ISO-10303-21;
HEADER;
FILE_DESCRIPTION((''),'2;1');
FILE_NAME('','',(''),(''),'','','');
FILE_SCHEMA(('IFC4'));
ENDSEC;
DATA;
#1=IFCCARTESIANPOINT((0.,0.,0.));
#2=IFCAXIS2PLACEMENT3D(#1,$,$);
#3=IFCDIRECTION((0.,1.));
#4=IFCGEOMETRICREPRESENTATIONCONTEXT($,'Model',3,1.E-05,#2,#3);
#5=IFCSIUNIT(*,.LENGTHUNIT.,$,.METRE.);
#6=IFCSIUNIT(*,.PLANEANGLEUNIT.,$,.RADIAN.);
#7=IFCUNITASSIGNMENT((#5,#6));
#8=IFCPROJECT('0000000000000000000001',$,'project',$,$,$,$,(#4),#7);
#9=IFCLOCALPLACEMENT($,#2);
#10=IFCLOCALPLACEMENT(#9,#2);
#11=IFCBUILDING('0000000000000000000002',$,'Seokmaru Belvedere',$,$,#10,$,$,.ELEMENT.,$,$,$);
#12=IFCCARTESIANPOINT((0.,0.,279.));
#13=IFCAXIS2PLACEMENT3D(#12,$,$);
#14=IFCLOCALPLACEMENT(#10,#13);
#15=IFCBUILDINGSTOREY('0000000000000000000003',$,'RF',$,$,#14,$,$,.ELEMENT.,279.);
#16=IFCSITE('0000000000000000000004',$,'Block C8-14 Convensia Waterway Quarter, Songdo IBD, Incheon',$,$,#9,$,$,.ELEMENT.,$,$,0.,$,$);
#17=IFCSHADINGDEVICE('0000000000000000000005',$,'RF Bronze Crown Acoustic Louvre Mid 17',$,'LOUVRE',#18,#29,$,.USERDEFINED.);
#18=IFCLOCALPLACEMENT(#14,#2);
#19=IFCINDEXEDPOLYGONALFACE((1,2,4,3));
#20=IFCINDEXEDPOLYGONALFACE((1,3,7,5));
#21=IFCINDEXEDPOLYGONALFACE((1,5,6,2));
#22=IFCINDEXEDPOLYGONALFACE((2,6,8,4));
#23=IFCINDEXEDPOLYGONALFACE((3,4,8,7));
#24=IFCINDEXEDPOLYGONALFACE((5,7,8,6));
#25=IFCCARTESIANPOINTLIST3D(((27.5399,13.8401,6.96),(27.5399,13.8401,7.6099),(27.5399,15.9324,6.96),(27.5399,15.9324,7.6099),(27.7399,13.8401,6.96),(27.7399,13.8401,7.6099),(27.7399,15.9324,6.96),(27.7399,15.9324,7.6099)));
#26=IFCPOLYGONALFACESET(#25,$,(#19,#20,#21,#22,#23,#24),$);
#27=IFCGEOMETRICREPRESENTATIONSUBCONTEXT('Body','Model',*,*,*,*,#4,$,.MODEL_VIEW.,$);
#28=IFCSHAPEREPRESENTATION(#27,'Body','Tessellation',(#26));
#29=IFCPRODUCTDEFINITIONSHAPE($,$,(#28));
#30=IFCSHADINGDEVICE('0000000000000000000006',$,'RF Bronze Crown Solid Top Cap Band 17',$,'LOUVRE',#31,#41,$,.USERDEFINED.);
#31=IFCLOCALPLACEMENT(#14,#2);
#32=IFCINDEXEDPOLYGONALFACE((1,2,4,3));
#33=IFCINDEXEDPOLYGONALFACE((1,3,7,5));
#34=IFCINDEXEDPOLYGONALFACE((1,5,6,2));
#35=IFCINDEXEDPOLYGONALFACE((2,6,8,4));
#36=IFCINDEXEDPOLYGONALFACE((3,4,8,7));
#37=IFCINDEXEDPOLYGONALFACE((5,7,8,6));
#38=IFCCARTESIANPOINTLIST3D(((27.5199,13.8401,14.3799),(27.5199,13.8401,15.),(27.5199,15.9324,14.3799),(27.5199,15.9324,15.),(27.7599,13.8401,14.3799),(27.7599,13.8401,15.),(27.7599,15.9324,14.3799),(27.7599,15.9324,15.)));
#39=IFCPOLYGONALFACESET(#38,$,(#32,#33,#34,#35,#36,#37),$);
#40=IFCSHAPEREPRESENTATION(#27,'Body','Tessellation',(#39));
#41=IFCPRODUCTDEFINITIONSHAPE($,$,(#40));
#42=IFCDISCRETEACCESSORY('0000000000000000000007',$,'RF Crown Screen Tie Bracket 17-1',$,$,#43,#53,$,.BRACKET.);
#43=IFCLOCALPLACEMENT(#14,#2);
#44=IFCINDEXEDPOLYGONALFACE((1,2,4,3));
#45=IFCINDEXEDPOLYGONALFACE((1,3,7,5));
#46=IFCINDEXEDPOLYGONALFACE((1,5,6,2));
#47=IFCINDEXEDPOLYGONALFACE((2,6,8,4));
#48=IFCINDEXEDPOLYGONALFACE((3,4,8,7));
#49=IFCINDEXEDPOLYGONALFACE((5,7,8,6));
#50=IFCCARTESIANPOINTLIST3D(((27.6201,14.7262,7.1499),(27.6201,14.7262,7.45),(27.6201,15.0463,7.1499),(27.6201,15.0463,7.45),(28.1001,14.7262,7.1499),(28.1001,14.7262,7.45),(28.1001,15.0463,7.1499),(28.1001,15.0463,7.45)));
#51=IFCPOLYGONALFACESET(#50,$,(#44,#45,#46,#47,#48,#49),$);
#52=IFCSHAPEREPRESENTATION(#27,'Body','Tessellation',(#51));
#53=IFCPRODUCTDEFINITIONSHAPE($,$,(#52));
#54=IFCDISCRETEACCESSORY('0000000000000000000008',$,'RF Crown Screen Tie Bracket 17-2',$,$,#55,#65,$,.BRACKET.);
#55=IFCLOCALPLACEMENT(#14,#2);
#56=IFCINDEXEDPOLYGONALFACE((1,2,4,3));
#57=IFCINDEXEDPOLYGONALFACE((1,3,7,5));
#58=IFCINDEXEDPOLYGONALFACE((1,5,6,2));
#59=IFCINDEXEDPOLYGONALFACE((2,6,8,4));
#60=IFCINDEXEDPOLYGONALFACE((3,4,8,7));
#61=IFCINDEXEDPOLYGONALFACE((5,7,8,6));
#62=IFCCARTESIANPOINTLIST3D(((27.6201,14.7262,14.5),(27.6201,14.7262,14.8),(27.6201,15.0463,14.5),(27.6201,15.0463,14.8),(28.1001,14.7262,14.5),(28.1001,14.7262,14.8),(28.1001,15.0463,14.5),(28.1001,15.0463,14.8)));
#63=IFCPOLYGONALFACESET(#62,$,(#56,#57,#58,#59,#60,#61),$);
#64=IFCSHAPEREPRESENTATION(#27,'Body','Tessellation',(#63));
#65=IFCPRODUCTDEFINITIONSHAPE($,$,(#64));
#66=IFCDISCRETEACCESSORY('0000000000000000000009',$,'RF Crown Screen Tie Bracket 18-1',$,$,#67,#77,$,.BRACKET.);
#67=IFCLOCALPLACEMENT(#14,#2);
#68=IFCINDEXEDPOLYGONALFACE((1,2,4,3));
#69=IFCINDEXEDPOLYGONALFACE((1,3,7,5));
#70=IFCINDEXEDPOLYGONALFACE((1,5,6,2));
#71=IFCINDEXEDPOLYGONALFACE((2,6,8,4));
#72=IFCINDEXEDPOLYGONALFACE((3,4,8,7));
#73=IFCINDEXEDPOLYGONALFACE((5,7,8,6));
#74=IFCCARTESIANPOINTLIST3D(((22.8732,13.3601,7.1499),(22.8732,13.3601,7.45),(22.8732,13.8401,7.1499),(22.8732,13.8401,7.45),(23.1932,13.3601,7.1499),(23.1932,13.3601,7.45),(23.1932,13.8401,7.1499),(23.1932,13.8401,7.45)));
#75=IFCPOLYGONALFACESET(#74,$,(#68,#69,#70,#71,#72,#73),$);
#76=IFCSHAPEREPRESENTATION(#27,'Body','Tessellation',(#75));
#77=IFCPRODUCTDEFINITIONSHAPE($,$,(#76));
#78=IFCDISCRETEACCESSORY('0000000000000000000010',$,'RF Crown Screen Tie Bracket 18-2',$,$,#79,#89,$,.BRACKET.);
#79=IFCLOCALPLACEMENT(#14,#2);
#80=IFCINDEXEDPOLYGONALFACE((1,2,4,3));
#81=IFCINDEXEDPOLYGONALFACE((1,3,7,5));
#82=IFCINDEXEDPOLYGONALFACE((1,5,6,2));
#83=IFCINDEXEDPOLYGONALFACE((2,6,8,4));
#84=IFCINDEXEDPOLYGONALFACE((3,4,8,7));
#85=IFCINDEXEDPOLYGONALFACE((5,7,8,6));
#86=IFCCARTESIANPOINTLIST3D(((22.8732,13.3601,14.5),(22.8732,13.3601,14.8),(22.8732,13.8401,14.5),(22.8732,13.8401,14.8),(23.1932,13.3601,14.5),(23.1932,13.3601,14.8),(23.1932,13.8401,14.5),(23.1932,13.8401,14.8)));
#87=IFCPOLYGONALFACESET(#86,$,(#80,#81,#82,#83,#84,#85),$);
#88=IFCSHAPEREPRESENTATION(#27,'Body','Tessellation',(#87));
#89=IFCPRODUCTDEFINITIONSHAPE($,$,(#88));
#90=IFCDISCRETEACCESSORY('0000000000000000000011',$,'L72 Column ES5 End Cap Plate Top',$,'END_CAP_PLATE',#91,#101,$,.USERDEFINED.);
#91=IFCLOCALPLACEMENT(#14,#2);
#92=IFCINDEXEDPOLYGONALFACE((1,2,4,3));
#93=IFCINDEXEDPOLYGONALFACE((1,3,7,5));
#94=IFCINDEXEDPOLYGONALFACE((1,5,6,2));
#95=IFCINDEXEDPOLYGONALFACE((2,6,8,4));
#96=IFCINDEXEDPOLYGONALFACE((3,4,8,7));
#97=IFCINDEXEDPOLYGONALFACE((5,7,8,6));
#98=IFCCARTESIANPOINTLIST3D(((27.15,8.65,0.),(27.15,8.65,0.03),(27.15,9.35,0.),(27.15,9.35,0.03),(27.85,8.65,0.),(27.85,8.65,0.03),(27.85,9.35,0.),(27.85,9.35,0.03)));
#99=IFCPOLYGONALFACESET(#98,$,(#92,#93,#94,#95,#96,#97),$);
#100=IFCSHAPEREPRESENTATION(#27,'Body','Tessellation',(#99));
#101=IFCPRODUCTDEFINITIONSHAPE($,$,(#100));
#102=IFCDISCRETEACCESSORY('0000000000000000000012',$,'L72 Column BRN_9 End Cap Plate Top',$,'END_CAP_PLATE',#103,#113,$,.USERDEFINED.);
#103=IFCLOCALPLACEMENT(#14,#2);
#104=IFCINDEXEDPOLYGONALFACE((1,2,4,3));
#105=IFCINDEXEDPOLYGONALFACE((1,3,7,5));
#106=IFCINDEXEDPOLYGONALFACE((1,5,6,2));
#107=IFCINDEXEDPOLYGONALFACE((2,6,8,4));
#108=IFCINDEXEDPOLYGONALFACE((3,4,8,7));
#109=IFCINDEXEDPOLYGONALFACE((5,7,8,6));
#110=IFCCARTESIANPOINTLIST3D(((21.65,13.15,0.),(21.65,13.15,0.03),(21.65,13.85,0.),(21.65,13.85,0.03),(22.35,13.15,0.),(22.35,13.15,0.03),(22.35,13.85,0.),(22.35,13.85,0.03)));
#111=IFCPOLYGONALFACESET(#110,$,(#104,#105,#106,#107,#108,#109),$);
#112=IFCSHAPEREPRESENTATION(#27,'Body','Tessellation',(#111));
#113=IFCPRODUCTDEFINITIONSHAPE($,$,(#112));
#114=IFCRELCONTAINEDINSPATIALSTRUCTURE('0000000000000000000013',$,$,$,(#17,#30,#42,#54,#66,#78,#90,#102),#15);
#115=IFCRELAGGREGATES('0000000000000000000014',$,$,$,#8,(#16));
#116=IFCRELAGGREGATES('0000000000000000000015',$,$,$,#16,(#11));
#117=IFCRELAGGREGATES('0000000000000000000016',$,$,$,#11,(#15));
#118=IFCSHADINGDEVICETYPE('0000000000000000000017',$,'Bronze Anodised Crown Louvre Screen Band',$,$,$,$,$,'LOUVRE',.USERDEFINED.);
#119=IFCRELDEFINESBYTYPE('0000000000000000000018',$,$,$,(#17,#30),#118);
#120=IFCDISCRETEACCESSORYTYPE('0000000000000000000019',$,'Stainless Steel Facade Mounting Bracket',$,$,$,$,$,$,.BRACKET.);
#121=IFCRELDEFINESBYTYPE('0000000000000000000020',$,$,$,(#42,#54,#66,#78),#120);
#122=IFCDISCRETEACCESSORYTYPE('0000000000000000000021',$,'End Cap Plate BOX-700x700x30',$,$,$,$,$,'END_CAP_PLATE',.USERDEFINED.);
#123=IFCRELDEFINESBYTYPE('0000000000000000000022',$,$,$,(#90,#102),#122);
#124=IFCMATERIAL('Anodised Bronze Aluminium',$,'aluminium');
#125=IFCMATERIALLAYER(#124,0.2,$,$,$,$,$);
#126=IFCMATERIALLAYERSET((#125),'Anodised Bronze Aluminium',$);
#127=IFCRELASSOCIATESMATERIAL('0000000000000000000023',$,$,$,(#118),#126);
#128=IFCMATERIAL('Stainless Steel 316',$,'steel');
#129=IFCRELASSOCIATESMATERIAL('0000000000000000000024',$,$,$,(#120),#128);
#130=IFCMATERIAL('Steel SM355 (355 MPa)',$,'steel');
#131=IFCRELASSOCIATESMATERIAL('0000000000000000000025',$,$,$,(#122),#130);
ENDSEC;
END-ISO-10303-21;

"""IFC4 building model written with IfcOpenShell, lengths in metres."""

from ifc_helpers import new_model, si_unit, direction, frame, origin, origin_2d, place, context, subcontext, project, spatial, rectangle, extrude, source, transform, mapped, material, layer, layer_set, type_object, type_shapes, element, save


model = new_model("IFC4")

# Units and contexts
model_context = context("Model", 3, precision=1e-05, world=origin(), true_north=direction((0.0, 1.0)))
body_context = subcontext(model_context, "Body", "Model", "MODEL_VIEW")
ifc_project = project(units=[si_unit("LENGTHUNIT", "METRE"), si_unit("PLANEANGLEUNIT", "RADIAN")], contexts=[model_context])

# Site, building, storey
site_placement = place(None, origin())
site = spatial("IfcSite", under=ifc_project, at=site_placement, Name="Block C8-14 Convensia Waterway Quarter, Songdo IBD, Incheon", CompositionType="ELEMENT", RefElevation=0.0)
building_placement = place(site_placement, origin())
building = spatial("IfcBuilding", under=site, at=building_placement, Name="Seokmaru Belvedere", CompositionType="ELEMENT")
storey_placement = place(building_placement, frame((0.0, 0.0, 279.0)))
storey = spatial("IfcBuildingStorey", under=building, at=storey_placement, Name="RF", CompositionType="ELEMENT", Elevation=279.0)

# Shared definitions
ifc_material_1 = material(Name="Steel SM355 (355 MPa)", Category="steel")

# Shading devices
ifc_material_2 = material(Name="Anodised Bronze Aluminium", Category="aluminium")
ifc_layer_1 = layer(ifc_material_2, 0.2)
ifc_layer_set_1 = layer_set([ifc_layer_1], Name="Anodised Bronze Aluminium")
shading_device_type = type_object("IfcShadingDeviceType", Name="Bronze Anodised Crown Louvre Screen Band", ElementType="LOUVRE", PredefinedType="USERDEFINED", material=ifc_layer_set_1)
shared_shape_1 = source(origin(), body_context, "Body", "SweptSolid", [
    extrude(rectangle(XDim=2.0923, YDim=0.2, at=origin_2d()), origin(), (0.0, 0.0, 1.0), 0.6499),
])
shading_device_1_placement = place(storey_placement, frame((27.6399, 14.8862, 6.96), z_axis=(0.0, 0.0, 1.0), x_axis=(0.0, -1.0, 0.0)))
element("IfcShadingDevice", 1, at=shading_device_1_placement, inside=storey, type_object=shading_device_type, Name="RF Bronze Crown Acoustic Louvre Mid 17", ObjectType="LOUVRE", PredefinedType="USERDEFINED", context=body_context, shape_type="MappedRepresentation", body=[
    mapped(shared_shape_1, transform((0.0, 0.0, 0.0), scale=1.0)),
])
shared_shape_2 = source(origin(), body_context, "Body", "SweptSolid", [
    extrude(rectangle(XDim=2.0923, YDim=0.24, at=origin_2d()), origin(), (0.0, 0.0, 1.0), 0.6201),
])
shading_device_2_placement = place(storey_placement, frame((27.6399, 14.8862, 14.3799), z_axis=(0.0, 0.0, 1.0), x_axis=(0.0, -1.0, 0.0)))
element("IfcShadingDevice", 2, at=shading_device_2_placement, inside=storey, type_object=shading_device_type, Name="RF Bronze Crown Solid Top Cap Band 17", ObjectType="LOUVRE", PredefinedType="USERDEFINED", context=body_context, shape_type="MappedRepresentation", body=[
    mapped(shared_shape_2, transform((0.0, 0.0, 0.0), scale=1.0)),
])

# Discrete accessories
ifc_material_3 = material(Name="Stainless Steel 316", Category="steel")
discrete_accessory_type_1 = type_object("IfcDiscreteAccessoryType", Name="Stainless Steel Facade Mounting Bracket", PredefinedType="BRACKET", material=ifc_material_3)
shared_shape_3 = source(origin(), body_context, "Body", "SweptSolid", [
    extrude(rectangle(XDim=0.3201, YDim=0.48, at=origin_2d()), origin(), (0.0, 0.0, 1.0), 0.3),
])
type_shapes(discrete_accessory_type_1, [shared_shape_3])
for number, where, z_axis, x_axis, name in (
    (3, (27.8601, 14.8862, 7.1499), (0.0, 0.0, 1.0), (0.0, -1.0, 0.0), "RF Crown Screen Tie Bracket 17-1"),
    (4, (27.8601, 14.8862, 14.5), (0.0, 0.0, 1.0), (0.0, -1.0, 0.0), "RF Crown Screen Tie Bracket 17-2"),
    (5, (23.0332, 13.6001, 7.1499), (0.0, 0.0, 1.0), (-1.0, 0.0, 0.0), "RF Crown Screen Tie Bracket 18-1"),
    (6, (23.0332, 13.6001, 14.5), (0.0, 0.0, 1.0), (-1.0, 0.0, 0.0), "RF Crown Screen Tie Bracket 18-2"),
):
    element("IfcDiscreteAccessory", number, at=place(storey_placement, frame(where, z_axis=z_axis, x_axis=x_axis)), inside=storey, type_object=discrete_accessory_type_1, Name=name, PredefinedType="BRACKET", context=body_context, shape_type="MappedRepresentation", body=[
        mapped(shared_shape_3, transform((0.0, 0.0, 0.0), scale=1.0)),
    ])
discrete_accessory_type_2 = type_object("IfcDiscreteAccessoryType", Name="End Cap Plate BOX-700x700x30", ElementType="END_CAP_PLATE", PredefinedType="USERDEFINED", material=ifc_material_1)
shared_shape_4 = source(origin(), body_context, "Body", "SweptSolid", [
    extrude(rectangle(XDim=0.7, YDim=0.7, at=origin_2d()), origin(), (0.0, 0.0, 1.0), 0.03),
])
type_shapes(discrete_accessory_type_2, [shared_shape_4])
for number, where, z_axis, x_axis, name in (
    (7, (27.5, 9.0, 0.0), (0.0, 0.0, 1.0), (1.0, 0.0, 0.0), "L72 Column ES5 End Cap Plate Top"),
    (8, (22.0, 13.5, 0.0), (0.0, 0.0, 1.0), (1.0, 0.0, 0.0), "L72 Column BRN_9 End Cap Plate Top"),
):
    element("IfcDiscreteAccessory", number, at=place(storey_placement, frame(where, z_axis=z_axis, x_axis=x_axis)), inside=storey, type_object=discrete_accessory_type_2, Name=name, ObjectType="END_CAP_PLATE", PredefinedType="USERDEFINED", context=body_context, shape_type="MappedRepresentation", body=[
        mapped(shared_shape_4, transform((0.0, 0.0, 0.0), scale=1.0)),
    ])

save(model, "model.ifc")
